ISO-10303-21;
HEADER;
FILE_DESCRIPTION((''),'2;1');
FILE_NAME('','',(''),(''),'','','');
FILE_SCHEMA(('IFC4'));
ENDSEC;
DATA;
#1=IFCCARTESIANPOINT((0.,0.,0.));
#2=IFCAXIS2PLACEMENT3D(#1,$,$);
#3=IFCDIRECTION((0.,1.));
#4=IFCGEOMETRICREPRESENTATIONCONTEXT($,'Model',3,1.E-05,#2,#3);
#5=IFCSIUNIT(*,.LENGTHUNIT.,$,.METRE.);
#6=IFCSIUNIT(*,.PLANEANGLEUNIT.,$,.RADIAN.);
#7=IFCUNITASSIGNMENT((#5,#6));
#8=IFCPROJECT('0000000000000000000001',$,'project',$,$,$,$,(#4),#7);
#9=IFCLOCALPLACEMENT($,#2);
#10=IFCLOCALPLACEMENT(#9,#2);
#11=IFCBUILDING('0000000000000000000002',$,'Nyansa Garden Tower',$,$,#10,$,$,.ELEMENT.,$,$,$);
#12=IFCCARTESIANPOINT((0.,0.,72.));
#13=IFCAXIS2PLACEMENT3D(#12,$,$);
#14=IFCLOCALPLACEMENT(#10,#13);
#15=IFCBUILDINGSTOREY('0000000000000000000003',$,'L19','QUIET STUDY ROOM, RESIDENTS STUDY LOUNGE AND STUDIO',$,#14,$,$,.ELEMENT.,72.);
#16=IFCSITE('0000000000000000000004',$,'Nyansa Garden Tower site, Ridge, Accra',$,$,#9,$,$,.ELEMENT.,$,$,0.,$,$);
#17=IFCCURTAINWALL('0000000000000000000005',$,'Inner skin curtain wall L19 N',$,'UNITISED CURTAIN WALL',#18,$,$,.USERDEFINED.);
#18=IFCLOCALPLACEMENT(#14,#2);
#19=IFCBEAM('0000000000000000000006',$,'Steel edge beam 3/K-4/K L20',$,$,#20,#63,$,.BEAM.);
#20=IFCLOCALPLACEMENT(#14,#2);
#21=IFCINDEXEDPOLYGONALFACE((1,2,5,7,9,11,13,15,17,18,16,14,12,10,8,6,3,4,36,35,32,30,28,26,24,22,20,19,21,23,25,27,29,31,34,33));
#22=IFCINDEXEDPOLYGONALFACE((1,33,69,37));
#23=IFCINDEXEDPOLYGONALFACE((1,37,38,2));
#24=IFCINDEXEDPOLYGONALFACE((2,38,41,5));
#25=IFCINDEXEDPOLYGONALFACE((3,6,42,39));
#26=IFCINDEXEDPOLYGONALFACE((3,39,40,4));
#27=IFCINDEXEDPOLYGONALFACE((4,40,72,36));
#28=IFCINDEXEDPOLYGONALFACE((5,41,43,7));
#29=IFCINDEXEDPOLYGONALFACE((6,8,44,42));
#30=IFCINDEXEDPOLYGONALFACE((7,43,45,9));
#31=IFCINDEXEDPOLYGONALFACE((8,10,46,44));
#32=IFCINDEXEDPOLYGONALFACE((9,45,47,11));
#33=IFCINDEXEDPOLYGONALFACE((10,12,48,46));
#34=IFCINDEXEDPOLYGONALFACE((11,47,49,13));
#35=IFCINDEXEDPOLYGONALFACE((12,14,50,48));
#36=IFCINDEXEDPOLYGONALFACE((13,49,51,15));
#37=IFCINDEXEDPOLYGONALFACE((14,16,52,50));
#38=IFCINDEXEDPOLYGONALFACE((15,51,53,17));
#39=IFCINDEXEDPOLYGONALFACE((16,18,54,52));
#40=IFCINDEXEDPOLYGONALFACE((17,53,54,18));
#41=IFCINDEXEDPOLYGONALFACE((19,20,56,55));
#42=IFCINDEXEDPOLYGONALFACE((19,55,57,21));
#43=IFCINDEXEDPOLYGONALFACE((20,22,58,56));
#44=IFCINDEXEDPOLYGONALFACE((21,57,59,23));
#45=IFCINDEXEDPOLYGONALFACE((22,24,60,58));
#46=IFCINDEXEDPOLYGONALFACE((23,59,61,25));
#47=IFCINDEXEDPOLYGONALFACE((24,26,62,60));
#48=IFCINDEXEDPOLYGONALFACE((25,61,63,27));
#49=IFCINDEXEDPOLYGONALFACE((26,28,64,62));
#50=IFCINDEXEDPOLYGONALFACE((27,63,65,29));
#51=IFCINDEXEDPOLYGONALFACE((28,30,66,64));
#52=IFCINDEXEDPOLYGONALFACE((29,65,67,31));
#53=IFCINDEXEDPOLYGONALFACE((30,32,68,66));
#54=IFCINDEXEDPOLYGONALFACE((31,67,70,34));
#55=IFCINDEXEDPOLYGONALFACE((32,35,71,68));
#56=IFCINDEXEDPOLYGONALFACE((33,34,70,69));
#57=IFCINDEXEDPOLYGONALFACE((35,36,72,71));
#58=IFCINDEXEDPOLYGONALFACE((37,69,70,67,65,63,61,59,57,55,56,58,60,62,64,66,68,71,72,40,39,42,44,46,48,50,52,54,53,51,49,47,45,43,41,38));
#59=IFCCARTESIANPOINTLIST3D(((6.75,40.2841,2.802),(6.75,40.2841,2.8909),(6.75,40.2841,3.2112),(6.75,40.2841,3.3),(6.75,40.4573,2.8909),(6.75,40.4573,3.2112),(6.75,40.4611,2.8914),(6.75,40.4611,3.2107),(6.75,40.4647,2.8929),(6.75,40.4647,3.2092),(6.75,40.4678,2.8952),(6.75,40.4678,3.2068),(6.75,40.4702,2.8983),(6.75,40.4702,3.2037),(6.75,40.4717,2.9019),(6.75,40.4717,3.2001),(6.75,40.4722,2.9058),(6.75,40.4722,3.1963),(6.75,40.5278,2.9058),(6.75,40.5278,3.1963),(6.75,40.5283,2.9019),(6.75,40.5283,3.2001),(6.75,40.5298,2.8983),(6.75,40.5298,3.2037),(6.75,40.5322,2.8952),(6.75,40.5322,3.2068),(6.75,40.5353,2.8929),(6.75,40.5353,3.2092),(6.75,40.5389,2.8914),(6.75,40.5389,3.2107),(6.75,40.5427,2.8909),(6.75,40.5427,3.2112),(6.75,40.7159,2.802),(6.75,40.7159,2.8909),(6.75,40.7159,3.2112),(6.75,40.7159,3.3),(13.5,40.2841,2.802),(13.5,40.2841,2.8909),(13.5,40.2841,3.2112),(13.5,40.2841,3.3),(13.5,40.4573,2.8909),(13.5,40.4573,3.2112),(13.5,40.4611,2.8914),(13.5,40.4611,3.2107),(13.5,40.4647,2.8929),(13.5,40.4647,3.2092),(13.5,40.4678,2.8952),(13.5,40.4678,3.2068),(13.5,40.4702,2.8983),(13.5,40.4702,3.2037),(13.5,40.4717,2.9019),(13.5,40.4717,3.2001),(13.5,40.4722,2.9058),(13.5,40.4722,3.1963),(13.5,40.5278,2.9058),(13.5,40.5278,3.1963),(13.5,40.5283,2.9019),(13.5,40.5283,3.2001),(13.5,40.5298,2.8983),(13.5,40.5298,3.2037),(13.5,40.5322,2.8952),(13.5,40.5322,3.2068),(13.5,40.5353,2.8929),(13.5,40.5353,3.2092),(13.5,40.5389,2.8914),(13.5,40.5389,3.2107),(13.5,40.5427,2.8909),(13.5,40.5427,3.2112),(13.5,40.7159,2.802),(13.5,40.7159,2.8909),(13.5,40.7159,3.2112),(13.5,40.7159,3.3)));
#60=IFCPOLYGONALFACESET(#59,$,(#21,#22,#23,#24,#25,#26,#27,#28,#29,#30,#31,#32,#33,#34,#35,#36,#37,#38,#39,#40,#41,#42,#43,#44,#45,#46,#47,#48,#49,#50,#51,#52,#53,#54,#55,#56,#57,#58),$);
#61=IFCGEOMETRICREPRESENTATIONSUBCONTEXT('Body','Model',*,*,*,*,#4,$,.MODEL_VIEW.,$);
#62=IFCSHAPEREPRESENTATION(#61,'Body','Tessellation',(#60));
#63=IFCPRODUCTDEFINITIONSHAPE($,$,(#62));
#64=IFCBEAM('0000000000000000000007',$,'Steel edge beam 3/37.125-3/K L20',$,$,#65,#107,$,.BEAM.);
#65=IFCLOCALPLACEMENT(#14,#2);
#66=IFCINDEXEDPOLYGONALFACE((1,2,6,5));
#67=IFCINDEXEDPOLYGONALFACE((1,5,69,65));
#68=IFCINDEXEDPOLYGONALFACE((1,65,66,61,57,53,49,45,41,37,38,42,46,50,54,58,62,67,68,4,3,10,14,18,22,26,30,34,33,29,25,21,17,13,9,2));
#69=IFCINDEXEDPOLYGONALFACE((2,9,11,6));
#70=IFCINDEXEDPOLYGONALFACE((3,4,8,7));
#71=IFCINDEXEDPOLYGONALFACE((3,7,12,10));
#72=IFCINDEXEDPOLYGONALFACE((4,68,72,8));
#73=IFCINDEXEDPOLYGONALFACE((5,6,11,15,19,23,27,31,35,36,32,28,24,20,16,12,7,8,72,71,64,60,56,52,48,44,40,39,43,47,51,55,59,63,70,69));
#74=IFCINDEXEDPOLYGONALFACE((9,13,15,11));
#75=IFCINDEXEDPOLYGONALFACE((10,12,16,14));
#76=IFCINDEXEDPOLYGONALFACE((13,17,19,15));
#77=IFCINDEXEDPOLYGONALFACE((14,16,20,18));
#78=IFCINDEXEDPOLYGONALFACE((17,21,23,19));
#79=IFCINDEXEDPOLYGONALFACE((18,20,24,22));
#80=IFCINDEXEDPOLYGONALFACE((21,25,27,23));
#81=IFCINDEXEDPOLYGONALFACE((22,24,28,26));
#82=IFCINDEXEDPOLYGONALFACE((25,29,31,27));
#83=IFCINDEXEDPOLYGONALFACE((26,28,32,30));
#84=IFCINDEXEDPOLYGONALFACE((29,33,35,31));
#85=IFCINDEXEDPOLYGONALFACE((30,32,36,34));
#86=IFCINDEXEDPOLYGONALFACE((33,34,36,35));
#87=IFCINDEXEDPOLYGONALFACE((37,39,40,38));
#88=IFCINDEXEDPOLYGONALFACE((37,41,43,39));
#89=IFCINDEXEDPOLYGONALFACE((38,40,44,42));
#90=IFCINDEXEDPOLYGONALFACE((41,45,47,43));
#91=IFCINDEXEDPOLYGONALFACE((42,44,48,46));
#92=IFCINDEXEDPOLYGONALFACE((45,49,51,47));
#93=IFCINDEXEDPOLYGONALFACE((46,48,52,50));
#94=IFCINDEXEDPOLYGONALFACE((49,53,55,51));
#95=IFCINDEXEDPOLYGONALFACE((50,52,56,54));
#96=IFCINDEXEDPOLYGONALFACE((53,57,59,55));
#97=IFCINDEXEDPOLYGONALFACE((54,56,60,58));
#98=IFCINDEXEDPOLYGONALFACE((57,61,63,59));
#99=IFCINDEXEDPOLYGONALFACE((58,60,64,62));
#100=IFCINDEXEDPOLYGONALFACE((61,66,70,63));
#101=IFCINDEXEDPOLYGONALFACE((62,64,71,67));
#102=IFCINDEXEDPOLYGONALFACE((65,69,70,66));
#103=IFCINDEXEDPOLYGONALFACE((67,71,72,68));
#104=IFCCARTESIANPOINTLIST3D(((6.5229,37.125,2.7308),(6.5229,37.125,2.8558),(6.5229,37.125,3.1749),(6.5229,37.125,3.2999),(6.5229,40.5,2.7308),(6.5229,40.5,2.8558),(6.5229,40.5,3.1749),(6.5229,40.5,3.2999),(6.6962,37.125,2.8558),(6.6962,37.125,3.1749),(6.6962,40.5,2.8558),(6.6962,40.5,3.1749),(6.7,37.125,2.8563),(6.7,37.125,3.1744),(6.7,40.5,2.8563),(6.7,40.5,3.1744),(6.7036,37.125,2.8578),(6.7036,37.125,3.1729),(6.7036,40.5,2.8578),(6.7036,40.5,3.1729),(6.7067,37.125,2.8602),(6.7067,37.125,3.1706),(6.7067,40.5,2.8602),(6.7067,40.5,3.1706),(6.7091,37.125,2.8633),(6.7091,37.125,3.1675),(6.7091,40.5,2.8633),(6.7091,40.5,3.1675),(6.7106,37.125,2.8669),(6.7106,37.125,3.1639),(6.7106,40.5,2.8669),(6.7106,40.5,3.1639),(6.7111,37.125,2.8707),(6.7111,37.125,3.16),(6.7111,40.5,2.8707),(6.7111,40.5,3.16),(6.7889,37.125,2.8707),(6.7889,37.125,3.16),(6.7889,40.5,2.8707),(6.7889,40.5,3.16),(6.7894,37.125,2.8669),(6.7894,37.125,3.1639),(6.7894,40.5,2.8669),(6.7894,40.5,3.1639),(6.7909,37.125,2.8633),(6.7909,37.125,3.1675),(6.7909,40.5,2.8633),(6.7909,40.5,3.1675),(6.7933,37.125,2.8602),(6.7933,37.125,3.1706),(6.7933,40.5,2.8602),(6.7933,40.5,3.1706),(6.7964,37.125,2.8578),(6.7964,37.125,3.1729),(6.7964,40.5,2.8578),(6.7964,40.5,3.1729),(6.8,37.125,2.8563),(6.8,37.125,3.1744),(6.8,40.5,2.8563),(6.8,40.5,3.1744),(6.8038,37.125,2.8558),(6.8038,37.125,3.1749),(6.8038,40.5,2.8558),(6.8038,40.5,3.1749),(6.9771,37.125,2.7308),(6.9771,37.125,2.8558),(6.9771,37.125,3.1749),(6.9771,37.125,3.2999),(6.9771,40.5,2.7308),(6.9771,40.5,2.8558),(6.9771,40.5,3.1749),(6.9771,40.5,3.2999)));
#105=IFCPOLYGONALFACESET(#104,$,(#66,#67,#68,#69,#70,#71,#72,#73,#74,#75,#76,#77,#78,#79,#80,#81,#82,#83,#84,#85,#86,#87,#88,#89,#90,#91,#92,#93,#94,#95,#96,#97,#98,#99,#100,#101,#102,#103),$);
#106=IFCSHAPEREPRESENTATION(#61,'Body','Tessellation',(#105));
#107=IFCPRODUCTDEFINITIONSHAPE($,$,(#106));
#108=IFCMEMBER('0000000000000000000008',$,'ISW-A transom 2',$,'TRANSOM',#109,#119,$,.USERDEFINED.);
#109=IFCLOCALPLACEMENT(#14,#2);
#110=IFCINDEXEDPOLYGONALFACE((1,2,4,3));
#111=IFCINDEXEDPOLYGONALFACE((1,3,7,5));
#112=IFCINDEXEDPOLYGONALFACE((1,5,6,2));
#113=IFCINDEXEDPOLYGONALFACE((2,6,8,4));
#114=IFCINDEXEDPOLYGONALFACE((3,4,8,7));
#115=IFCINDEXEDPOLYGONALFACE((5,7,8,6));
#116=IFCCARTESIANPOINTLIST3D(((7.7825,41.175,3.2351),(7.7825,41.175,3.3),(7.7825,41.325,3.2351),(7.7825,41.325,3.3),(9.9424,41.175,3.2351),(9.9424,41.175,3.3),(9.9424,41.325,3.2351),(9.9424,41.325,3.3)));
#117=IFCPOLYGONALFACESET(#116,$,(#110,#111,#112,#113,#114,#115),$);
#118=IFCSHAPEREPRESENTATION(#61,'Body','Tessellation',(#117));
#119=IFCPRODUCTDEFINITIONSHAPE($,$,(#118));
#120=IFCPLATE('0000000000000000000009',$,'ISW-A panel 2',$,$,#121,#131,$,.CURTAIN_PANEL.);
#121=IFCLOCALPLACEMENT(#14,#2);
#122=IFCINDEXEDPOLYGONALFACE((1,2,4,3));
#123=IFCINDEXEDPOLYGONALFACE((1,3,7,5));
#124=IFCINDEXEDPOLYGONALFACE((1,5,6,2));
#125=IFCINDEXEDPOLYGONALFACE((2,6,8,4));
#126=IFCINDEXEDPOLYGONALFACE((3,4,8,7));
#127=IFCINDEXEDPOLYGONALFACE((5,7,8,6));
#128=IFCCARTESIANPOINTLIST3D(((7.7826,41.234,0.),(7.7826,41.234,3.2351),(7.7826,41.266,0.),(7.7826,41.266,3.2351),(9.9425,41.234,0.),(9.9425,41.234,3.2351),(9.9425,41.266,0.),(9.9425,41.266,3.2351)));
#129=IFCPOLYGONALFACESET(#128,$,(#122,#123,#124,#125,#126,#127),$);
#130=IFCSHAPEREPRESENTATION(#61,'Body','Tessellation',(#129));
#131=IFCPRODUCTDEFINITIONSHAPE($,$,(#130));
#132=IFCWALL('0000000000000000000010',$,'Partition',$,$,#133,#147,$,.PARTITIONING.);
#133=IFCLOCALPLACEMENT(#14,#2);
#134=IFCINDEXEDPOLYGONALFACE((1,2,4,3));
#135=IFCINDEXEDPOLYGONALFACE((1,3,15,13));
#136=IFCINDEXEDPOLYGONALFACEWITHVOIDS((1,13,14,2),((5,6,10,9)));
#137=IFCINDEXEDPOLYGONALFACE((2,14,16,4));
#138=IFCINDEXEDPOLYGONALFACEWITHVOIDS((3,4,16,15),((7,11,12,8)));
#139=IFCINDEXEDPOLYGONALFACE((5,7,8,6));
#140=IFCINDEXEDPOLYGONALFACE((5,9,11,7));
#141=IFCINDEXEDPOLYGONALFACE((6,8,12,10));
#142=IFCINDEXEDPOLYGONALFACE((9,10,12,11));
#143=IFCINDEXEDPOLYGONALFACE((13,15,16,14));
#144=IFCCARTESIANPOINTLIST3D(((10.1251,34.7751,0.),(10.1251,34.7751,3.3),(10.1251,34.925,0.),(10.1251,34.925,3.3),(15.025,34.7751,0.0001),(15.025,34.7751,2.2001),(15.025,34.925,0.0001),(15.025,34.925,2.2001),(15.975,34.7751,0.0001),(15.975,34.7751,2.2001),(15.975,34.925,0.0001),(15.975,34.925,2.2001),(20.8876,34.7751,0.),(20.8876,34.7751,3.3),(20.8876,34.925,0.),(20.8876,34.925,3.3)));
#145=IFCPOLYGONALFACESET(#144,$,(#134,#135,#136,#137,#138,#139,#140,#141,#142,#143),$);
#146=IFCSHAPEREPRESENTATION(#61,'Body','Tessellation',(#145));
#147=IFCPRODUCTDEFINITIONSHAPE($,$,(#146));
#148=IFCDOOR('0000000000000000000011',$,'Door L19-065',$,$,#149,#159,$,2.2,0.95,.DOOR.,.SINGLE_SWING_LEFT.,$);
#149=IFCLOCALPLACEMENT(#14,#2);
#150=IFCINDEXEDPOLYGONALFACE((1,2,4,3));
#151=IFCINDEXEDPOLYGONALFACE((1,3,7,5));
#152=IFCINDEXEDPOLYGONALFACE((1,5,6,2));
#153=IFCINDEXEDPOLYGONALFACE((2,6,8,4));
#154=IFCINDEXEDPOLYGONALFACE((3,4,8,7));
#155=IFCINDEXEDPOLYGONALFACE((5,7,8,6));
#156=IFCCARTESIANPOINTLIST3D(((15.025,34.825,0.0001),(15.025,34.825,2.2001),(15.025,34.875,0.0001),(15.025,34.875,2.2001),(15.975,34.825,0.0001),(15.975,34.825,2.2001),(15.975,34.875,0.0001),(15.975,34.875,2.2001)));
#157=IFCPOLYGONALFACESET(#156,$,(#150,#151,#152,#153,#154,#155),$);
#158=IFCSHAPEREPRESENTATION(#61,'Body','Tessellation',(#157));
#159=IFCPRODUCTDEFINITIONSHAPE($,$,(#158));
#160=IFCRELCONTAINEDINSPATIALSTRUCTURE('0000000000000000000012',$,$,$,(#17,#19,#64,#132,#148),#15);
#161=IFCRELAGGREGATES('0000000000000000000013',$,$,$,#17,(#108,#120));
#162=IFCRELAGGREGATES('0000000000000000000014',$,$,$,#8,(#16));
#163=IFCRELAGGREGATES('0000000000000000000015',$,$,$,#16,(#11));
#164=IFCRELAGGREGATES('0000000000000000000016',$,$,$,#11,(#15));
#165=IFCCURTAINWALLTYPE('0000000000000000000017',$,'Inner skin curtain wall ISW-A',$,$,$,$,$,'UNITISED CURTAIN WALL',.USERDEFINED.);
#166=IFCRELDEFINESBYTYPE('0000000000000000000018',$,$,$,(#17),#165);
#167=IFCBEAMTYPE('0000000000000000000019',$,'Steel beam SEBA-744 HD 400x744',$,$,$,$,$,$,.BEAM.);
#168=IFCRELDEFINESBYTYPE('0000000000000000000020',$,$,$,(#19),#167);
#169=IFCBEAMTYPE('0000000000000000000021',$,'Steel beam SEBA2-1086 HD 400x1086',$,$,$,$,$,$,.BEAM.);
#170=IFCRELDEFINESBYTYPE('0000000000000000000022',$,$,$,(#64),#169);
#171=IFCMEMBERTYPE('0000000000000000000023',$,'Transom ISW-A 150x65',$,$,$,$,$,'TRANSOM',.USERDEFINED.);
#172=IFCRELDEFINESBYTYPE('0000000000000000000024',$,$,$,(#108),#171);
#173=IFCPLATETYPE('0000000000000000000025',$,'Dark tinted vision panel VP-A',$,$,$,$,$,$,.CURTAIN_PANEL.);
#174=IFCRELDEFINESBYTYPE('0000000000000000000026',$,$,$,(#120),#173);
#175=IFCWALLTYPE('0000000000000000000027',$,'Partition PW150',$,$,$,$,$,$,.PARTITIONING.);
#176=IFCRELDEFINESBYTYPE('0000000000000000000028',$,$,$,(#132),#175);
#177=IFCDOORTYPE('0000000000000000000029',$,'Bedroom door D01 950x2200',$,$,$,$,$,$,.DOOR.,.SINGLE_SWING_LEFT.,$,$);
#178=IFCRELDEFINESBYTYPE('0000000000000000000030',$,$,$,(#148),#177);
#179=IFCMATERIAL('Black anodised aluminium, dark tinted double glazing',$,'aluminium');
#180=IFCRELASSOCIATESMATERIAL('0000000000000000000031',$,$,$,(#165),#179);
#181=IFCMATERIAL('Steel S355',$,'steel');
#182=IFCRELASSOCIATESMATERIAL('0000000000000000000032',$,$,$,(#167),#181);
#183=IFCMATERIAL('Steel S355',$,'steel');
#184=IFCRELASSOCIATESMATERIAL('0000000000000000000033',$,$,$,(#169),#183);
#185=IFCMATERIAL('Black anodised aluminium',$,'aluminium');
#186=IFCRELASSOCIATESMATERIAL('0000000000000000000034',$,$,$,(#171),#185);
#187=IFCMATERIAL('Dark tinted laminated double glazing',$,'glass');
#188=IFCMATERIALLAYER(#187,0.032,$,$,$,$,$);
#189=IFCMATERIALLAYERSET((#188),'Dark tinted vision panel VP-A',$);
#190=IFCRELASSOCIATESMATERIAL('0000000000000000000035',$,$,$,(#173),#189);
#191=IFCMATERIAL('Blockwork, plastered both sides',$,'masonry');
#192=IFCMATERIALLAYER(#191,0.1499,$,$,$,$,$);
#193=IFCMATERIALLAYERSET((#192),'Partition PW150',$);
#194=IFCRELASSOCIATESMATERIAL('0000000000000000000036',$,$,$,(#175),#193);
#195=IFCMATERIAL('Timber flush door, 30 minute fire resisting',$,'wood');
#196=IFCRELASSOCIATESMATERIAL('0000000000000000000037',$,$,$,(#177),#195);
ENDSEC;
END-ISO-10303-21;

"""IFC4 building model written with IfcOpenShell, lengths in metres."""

from ifc_helpers import new_model, si_unit, direction, frame, frame_2d, origin, origin_2d, place, context, subcontext, project, spatial, rectangle, i_section, extrude, material, layer, layer_set, material_profile, profile_set, type_object, element, fill, aggregate, save


model = new_model("IFC4")

# Units and contexts
model_context = context("Model", 3, precision=1e-05, world=origin(), true_north=direction((0.0, 1.0)))
body_context = subcontext(model_context, "Body", "Model", "MODEL_VIEW")
ifc_project = project(units=[si_unit("LENGTHUNIT", "METRE"), si_unit("PLANEANGLEUNIT", "RADIAN")], contexts=[model_context])

# Site, building, storey
site_placement = place(None, origin())
site = spatial("IfcSite", under=ifc_project, at=site_placement, Name="Nyansa Garden Tower site, Ridge, Accra", CompositionType="ELEMENT", RefElevation=0.0)
building_placement = place(site_placement, origin())
building = spatial("IfcBuilding", under=site, at=building_placement, Name="Nyansa Garden Tower", CompositionType="ELEMENT")
storey_placement = place(building_placement, frame((0.0, 0.0, 72.0)))
storey = spatial("IfcBuildingStorey", under=building, at=storey_placement, Name="L19", Description="QUIET STUDY ROOM, RESIDENTS STUDY LOUNGE AND STUDIO", CompositionType="ELEMENT", Elevation=72.0)

# Curtain wall
ifc_material_1 = material(Name="Black anodised aluminium, dark tinted double glazing", Category="aluminium")
curtain_wall_type = type_object("IfcCurtainWallType", Name="Inner skin curtain wall ISW-A", ElementType="UNITISED CURTAIN WALL", PredefinedType="USERDEFINED", material=ifc_material_1)
curtain_wall_placement = place(storey_placement, origin())
curtain_wall = element("IfcCurtainWall", 1, at=curtain_wall_placement, inside=storey, type_object=curtain_wall_type, Name="Inner skin curtain wall L19 N", ObjectType="UNITISED CURTAIN WALL", PredefinedType="USERDEFINED")

# Beams
ifc_material_2 = material(Name="Steel S355", Category="steel")
ifc_material_profile_1 = material_profile(ifc_material_2, i_section(OverallWidth=0.4319, OverallDepth=0.498, WebThickness=0.0557, FlangeThickness=0.0889, FilletRadius=0.0149, at=origin_2d()), Name="HD 400x744")
ifc_profile_set_1 = profile_set([ifc_material_profile_1], Name="Steel S355")
beam_type_1 = type_object("IfcBeamType", Name="Steel beam SEBA-744 HD 400x744", PredefinedType="BEAM", material=ifc_profile_set_1)
beam_1_placement = place(storey_placement, frame((6.75, 40.5, 3.051), z_axis=(1.0, 0.0, 0.0), x_axis=(0.0, 1.0, 0.0)))
element("IfcBeam", 2, at=beam_1_placement, inside=storey, type_object=beam_type_1, Name="Steel edge beam 3/K-4/K L20", PredefinedType="BEAM", context=body_context, shape_type="SweptSolid", body=[
    extrude(i_section(OverallWidth=0.4319, OverallDepth=0.498, WebThickness=0.0557, FlangeThickness=0.0889, FilletRadius=0.0149, at=origin_2d()), origin(), (0.0, 0.0, 1.0), 6.75),
])
ifc_material_3 = material(Name="Steel S355", Category="steel")
ifc_material_profile_2 = material_profile(ifc_material_3, i_section(OverallWidth=0.4541, OverallDepth=0.5691, WebThickness=0.0779, FlangeThickness=0.125, FilletRadius=0.0149, at=origin_2d()), Name="HD 400x1086")
ifc_profile_set_2 = profile_set([ifc_material_profile_2], Name="Steel S355")
beam_type_2 = type_object("IfcBeamType", Name="Steel beam SEBA2-1086 HD 400x1086", PredefinedType="BEAM", material=ifc_profile_set_2)
beam_2_placement = place(storey_placement, frame((6.75, 37.125, 3.0154), z_axis=(0.0, 1.0, 0.0), x_axis=(-1.0, 0.0, 0.0)))
element("IfcBeam", 3, at=beam_2_placement, inside=storey, type_object=beam_type_2, Name="Steel edge beam 3/37.125-3/K L20", PredefinedType="BEAM", context=body_context, shape_type="SweptSolid", body=[
    extrude(i_section(OverallWidth=0.4541, OverallDepth=0.5691, WebThickness=0.0779, FlangeThickness=0.125, FilletRadius=0.0149, at=origin_2d()), origin(), (0.0, 0.0, 1.0), 3.375),
])

# Member
ifc_material_4 = material(Name="Black anodised aluminium", Category="aluminium")
ifc_material_profile_3 = material_profile(ifc_material_4, rectangle(XDim=0.1499, YDim=0.0649, at=origin_2d()), Name="Transom 150x65")
ifc_profile_set_3 = profile_set([ifc_material_profile_3], Name="Black anodised aluminium")
member_type_1 = type_object("IfcMemberType", Name="Transom ISW-A 150x65", ElementType="TRANSOM", PredefinedType="USERDEFINED", material=ifc_profile_set_3)
member_1_placement = place(storey_placement, frame((9.9424, 41.25, 3.2676), z_axis=(-1.0, 0.0, 0.0), x_axis=(0.0, -1.0, 0.0)))
member_1 = element("IfcMember", 4, at=member_1_placement, type_object=member_type_1, Name="ISW-A transom 2", ObjectType="TRANSOM", PredefinedType="USERDEFINED", context=body_context, shape_type="SweptSolid", body=[
    extrude(rectangle(XDim=0.1499, YDim=0.0649, at=origin_2d()), origin(), (0.0, 0.0, 1.0), 2.1599),
])

# Plate
ifc_material_5 = material(Name="Dark tinted laminated double glazing", Category="glass")
ifc_layer_1 = layer(ifc_material_5, 0.032)
ifc_layer_set_1 = layer_set([ifc_layer_1], Name="Dark tinted vision panel VP-A")
plate_type = type_object("IfcPlateType", Name="Dark tinted vision panel VP-A", PredefinedType="CURTAIN_PANEL", material=ifc_layer_set_1)
plate_placement = place(storey_placement, frame((8.8625, 41.25, 0.0), z_axis=(0.0, 0.0, 1.0), x_axis=(-1.0, 0.0, 0.0)))
plate = element("IfcPlate", 5, at=plate_placement, type_object=plate_type, Name="ISW-A panel 2", PredefinedType="CURTAIN_PANEL", context=body_context, shape_type="SweptSolid", body=[
    extrude(rectangle(XDim=2.1599, YDim=0.032, at=origin_2d()), origin(), (0.0, 0.0, 1.0), 3.2351),
])
aggregate(curtain_wall, [member_1, plate])

# Wall, opening, door
ifc_material_6 = material(Name="Blockwork, plastered both sides", Category="masonry")
ifc_layer_2 = layer(ifc_material_6, 0.1499)
ifc_layer_set_2 = layer_set([ifc_layer_2], Name="Partition PW150")
wall_type_1 = type_object("IfcWallType", Name="Partition PW150", PredefinedType="PARTITIONING", material=ifc_layer_set_2)
wall_1_placement = place(storey_placement, frame((10.125, 34.8501, 0.0), z_axis=(0.0, 0.0, 1.0), x_axis=(1.0, 0.0, 0.0)))
wall_1 = element("IfcWall", 6, at=wall_1_placement, inside=storey, type_object=wall_type_1, Name="Partition", PredefinedType="PARTITIONING", context=body_context, shape_type="SweptSolid", body=[
    extrude(rectangle(XDim=10.7625, YDim=0.1499, at=frame_2d((5.3813, 0.0))), origin(), (0.0, 0.0, 1.0), 3.3),
])
opening_1_placement = place(wall_1_placement, frame((4.8999, 0.0, 0.0)))
opening_1 = element("IfcOpeningElement", 7, at=opening_1_placement, cuts=wall_1, PredefinedType="OPENING", context=body_context, shape_type="SweptSolid", body=[
    extrude(rectangle(XDim=0.95, YDim=2.2, at=frame_2d((0.4751, 1.1001))), frame((0.0, 0.085, 0.0), z_axis=(0.0, -1.0, 0.0), x_axis=(1.0, 0.0, 0.0)), (0.0, 0.0, 1.0), 0.1699),
])
ifc_material_7 = material(Name="Timber flush door, 30 minute fire resisting", Category="wood")
door_type_1 = type_object("IfcDoorType", Name="Bedroom door D01 950x2200", OperationType="SINGLE_SWING_LEFT", PredefinedType="DOOR", material=ifc_material_7)
door_1_placement = place(opening_1_placement, origin())
door_1 = element("IfcDoor", 8, at=door_1_placement, inside=storey, type_object=door_type_1, Name="Door L19-065", OperationType="SINGLE_SWING_LEFT", OverallHeight=2.2, OverallWidth=0.95, PredefinedType="DOOR", context=body_context, shape_type="SweptSolid", body=[
    extrude(rectangle(XDim=0.95, YDim=2.2, at=frame_2d((0.4751, 1.1001))), frame((0.0, 0.0249, 0.0), z_axis=(0.0, -1.0, 0.0), x_axis=(1.0, 0.0, 0.0)), (0.0, 0.0, 1.0), 0.05),
])
fill(opening_1, door_1)

save(model, "model.ifc")
